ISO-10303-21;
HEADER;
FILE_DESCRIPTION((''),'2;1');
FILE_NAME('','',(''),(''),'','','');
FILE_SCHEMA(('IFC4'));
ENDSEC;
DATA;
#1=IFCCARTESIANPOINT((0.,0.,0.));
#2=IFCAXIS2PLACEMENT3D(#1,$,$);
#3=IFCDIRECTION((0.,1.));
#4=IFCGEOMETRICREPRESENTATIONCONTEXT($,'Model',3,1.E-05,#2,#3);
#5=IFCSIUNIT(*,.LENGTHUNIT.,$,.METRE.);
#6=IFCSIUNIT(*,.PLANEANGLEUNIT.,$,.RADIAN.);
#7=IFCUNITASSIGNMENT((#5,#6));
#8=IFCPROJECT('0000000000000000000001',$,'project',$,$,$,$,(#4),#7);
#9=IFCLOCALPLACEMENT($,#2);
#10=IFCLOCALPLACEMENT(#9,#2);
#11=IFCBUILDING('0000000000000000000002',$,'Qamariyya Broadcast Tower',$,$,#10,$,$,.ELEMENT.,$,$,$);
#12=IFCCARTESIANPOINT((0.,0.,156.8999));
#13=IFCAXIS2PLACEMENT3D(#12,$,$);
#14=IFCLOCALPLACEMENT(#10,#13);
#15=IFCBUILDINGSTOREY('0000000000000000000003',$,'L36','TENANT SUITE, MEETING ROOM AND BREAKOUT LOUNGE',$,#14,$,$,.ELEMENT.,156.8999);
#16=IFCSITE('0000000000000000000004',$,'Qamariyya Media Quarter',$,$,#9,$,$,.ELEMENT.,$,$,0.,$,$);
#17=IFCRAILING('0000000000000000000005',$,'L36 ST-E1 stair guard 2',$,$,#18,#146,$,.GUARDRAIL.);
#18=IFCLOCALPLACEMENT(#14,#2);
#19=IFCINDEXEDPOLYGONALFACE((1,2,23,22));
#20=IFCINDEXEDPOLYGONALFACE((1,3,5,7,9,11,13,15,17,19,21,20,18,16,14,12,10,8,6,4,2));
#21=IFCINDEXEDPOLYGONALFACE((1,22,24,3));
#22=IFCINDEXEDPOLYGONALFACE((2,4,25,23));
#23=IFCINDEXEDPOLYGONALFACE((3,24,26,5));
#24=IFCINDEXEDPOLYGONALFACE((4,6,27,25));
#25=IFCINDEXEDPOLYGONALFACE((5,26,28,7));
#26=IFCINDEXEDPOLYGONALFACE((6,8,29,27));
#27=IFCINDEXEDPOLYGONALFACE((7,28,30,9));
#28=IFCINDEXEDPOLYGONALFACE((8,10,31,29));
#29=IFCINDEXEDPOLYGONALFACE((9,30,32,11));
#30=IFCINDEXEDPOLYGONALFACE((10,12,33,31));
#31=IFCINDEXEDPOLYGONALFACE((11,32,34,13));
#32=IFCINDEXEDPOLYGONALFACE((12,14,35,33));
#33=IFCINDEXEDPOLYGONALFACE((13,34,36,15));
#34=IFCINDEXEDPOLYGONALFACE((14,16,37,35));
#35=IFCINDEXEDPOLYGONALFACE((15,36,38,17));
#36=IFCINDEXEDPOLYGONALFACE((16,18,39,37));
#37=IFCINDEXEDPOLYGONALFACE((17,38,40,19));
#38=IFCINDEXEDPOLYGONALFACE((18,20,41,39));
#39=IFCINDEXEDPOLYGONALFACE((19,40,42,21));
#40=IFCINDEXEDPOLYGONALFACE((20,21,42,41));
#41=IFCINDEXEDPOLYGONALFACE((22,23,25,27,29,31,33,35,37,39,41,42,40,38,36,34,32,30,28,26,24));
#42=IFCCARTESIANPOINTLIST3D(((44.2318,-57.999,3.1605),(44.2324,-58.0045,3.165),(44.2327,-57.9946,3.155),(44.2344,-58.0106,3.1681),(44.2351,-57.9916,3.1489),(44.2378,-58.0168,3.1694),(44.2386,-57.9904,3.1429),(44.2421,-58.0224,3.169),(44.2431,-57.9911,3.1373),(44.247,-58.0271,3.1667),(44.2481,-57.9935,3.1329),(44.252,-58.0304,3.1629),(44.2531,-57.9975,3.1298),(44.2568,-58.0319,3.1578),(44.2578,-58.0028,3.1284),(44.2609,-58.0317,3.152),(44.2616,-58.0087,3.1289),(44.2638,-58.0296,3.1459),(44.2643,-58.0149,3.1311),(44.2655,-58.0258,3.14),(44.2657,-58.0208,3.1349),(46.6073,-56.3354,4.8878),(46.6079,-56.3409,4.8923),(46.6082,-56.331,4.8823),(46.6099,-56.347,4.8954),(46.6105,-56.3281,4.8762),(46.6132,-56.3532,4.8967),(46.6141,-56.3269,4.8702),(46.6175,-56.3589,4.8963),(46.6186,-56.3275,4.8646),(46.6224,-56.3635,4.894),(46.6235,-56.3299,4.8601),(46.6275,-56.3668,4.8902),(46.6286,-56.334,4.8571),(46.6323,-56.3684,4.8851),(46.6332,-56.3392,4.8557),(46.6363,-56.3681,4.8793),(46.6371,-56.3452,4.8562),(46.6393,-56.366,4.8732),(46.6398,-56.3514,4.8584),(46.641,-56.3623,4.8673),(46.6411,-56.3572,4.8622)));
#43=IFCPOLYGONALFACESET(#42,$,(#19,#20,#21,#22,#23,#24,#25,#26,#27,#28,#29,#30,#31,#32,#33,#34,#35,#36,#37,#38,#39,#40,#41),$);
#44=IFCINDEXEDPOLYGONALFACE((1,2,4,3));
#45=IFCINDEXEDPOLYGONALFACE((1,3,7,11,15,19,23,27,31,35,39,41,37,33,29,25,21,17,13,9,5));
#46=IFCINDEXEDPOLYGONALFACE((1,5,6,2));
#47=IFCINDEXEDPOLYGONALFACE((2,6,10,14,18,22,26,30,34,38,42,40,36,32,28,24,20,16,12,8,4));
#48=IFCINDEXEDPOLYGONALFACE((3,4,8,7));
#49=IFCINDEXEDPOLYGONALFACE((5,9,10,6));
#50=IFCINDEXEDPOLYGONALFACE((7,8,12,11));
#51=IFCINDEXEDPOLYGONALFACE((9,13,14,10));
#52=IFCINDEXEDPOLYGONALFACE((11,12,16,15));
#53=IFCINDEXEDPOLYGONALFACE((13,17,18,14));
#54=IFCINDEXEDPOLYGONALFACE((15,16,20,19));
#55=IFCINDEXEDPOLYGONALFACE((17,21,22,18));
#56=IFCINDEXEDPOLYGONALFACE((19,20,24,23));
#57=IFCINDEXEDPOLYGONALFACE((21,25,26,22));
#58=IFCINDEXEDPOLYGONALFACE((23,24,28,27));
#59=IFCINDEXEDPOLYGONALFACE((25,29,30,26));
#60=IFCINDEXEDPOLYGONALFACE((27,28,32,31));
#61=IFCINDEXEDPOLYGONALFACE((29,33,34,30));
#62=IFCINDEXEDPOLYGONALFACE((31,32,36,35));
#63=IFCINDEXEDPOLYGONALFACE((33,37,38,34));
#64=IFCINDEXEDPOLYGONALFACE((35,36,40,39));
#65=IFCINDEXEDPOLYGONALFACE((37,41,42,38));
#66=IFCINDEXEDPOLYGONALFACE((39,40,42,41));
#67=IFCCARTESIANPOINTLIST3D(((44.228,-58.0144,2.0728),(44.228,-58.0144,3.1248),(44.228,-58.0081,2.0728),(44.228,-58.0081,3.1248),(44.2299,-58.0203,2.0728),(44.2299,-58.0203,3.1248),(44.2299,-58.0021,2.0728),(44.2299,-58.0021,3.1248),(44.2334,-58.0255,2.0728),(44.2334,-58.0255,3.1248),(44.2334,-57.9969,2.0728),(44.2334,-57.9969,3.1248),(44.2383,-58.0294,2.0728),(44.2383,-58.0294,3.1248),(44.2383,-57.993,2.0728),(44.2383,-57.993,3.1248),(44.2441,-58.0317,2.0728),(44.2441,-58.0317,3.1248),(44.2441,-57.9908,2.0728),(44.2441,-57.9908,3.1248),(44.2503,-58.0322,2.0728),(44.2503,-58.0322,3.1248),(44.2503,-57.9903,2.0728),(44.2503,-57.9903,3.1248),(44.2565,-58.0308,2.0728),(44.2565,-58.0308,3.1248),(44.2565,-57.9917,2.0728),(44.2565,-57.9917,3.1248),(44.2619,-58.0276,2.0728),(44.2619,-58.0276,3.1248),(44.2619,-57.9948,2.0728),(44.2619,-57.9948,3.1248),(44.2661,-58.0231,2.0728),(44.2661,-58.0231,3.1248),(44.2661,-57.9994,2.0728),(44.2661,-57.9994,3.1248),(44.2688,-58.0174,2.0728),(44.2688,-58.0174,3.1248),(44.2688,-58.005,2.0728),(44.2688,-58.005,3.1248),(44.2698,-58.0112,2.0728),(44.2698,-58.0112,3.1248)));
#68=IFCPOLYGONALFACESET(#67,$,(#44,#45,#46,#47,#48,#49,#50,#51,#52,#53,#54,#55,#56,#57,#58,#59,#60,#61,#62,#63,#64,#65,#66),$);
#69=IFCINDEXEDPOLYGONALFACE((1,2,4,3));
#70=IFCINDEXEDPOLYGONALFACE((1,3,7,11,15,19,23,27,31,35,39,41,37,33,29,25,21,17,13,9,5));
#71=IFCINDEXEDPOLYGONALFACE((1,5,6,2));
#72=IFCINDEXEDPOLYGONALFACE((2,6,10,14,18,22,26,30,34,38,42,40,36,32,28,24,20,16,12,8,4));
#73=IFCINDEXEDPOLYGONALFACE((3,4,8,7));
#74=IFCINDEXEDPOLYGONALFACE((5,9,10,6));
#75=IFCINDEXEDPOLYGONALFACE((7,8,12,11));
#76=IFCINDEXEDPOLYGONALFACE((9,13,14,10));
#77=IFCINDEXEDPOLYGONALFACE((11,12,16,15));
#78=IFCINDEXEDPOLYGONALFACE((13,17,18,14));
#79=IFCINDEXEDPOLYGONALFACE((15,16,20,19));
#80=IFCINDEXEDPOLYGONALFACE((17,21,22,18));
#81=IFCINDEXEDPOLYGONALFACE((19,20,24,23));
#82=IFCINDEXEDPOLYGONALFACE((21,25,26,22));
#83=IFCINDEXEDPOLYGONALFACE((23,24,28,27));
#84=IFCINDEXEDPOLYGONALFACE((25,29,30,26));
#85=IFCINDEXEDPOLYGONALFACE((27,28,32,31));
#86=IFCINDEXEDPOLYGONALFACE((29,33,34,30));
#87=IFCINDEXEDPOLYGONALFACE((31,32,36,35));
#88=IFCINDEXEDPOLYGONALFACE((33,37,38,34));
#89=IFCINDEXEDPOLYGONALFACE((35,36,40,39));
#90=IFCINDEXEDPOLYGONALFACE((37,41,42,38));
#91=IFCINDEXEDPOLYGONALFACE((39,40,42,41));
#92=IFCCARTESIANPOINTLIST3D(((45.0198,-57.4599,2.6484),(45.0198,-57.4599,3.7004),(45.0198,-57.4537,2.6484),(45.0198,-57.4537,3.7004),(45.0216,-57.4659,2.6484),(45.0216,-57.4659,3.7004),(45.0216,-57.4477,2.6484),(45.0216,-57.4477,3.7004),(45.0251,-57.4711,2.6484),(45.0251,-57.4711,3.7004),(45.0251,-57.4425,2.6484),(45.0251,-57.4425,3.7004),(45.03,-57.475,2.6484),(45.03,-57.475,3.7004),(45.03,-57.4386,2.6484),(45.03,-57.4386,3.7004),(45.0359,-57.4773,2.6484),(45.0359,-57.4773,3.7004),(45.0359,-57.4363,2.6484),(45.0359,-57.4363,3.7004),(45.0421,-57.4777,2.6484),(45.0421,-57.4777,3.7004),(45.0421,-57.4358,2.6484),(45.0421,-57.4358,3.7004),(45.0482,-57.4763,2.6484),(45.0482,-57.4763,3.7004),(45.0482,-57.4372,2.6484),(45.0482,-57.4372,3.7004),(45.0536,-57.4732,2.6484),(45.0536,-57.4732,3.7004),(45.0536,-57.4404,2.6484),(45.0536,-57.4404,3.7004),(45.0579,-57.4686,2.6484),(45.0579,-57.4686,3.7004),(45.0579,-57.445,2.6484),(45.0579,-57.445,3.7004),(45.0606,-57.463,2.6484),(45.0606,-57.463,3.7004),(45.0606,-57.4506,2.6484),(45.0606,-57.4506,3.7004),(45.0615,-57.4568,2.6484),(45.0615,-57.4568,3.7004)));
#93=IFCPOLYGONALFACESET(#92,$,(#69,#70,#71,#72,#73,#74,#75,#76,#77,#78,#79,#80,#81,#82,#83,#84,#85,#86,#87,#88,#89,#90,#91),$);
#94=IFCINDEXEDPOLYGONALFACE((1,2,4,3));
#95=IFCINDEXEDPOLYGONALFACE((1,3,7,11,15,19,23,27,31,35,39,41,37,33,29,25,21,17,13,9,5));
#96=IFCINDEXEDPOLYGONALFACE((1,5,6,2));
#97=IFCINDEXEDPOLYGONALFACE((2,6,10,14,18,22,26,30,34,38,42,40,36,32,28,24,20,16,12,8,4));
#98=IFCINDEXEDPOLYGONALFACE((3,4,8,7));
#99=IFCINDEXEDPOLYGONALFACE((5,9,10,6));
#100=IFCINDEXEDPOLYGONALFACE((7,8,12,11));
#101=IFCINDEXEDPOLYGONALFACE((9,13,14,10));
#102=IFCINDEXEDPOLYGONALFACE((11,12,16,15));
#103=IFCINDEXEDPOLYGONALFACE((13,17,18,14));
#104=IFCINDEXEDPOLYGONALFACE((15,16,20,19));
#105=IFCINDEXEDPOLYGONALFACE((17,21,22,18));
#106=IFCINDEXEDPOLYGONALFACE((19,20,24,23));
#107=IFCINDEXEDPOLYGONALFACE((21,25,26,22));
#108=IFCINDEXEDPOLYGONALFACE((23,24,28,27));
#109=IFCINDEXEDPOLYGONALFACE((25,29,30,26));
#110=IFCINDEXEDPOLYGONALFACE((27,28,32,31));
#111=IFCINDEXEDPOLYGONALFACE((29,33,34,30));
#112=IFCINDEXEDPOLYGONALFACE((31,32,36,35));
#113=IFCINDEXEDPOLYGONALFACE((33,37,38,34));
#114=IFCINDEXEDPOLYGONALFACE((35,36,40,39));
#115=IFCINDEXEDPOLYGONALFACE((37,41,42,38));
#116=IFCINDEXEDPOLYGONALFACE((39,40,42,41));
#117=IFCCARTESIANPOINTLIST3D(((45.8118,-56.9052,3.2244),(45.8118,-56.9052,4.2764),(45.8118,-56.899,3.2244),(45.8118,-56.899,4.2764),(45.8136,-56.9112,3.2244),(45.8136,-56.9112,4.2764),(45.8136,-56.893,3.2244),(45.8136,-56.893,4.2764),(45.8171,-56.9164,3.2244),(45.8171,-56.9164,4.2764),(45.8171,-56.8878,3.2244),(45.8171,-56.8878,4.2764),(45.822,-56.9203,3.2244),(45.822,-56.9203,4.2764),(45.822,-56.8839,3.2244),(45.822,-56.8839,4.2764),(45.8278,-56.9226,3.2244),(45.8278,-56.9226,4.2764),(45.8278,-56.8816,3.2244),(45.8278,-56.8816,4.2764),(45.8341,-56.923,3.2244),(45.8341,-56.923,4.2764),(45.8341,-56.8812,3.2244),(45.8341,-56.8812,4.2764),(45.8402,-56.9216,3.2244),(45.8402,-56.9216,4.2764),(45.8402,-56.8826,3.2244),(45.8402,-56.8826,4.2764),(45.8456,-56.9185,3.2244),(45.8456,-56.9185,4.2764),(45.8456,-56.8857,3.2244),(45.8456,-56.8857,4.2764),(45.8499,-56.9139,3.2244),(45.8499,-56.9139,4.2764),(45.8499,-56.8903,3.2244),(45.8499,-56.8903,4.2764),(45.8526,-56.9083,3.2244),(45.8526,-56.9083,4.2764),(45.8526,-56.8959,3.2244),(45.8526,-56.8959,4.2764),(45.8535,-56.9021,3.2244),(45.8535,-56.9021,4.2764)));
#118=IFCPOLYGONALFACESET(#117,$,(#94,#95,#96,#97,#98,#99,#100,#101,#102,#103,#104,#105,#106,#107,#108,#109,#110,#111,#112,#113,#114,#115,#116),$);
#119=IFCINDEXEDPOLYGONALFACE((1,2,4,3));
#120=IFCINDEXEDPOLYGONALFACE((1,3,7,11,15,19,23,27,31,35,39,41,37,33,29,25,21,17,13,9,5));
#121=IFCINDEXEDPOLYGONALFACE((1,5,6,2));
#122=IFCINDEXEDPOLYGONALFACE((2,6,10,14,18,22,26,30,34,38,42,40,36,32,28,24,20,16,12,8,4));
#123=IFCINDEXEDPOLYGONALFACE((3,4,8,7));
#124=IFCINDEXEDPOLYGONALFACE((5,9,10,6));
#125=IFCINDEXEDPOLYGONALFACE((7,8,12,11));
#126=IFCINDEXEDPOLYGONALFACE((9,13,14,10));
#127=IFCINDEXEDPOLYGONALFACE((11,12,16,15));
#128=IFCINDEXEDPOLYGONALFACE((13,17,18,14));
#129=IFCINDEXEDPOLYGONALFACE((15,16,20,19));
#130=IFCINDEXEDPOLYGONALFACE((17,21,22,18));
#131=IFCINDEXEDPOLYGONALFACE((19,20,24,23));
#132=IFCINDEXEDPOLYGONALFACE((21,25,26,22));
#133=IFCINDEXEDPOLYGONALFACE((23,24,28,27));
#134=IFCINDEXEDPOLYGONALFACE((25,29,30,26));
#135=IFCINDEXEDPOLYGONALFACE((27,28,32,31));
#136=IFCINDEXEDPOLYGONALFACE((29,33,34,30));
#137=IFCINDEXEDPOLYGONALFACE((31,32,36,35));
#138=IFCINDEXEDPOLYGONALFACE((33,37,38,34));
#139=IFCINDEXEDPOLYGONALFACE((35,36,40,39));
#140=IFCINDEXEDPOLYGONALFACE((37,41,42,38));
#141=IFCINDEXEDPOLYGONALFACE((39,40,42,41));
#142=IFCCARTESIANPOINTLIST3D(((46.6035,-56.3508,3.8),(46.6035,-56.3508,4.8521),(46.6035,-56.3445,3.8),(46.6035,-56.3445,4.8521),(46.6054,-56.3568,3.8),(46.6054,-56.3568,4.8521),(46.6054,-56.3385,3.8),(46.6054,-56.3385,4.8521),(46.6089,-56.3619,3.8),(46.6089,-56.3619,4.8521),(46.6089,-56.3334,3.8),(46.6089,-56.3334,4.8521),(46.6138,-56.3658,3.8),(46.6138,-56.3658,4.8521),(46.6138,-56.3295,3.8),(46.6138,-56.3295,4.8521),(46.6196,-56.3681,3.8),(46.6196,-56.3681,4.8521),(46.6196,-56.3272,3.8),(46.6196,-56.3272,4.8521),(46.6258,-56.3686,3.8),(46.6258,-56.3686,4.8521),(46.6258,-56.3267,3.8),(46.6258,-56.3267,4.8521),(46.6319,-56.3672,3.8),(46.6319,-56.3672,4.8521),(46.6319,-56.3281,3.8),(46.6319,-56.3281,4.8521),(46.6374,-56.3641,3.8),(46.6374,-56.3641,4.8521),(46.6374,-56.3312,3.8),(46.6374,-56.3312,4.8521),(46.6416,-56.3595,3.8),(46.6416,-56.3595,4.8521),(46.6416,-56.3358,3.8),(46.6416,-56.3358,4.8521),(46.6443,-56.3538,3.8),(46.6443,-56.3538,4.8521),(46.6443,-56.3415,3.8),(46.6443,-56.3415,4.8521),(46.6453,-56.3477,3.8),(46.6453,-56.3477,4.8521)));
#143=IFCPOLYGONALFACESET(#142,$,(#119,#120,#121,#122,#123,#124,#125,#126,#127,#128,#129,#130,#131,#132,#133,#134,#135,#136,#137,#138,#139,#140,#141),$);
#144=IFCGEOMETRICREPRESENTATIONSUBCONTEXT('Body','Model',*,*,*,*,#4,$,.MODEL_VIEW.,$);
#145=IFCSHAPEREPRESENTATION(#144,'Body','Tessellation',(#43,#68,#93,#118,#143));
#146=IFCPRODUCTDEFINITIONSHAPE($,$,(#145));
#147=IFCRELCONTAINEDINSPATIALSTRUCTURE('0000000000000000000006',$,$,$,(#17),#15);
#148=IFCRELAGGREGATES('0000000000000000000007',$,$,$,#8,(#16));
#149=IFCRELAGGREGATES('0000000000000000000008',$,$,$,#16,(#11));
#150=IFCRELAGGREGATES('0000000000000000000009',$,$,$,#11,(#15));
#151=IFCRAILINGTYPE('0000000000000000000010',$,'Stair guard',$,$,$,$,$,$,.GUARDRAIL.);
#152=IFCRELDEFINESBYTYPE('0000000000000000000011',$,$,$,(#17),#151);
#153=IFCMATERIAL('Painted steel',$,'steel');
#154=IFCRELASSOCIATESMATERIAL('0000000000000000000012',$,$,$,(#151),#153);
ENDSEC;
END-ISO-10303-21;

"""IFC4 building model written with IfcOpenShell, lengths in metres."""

from ifc_helpers import new_model, si_unit, direction, frame, origin, origin_2d, place, context, subcontext, project, spatial, circle, extrude, material, type_object, element, save


model = new_model("IFC4")

# Units and contexts
model_context = context("Model", 3, precision=1e-05, world=origin(), true_north=direction((0.0, 1.0)))
body_context = subcontext(model_context, "Body", "Model", "MODEL_VIEW")
ifc_project = project(units=[si_unit("LENGTHUNIT", "METRE"), si_unit("PLANEANGLEUNIT", "RADIAN")], contexts=[model_context])

# Site, building, storey
site_placement = place(None, origin())
site = spatial("IfcSite", under=ifc_project, at=site_placement, Name="Qamariyya Media Quarter", CompositionType="ELEMENT", RefElevation=0.0)
building_placement = place(site_placement, origin())
building = spatial("IfcBuilding", under=site, at=building_placement, Name="Qamariyya Broadcast Tower", CompositionType="ELEMENT")
storey_placement = place(building_placement, frame((0.0, 0.0, 156.8999)))
storey = spatial("IfcBuildingStorey", under=building, at=storey_placement, Name="L36", Description="TENANT SUITE, MEETING ROOM AND BREAKOUT LOUNGE", CompositionType="ELEMENT", Elevation=156.8999)

# Railing
ifc_material_1 = material(Name="Painted steel", Category="steel")
railing_type_1 = type_object("IfcRailingType", Name="Stair guard", PredefinedType="GUARDRAIL", material=ifc_material_1)
railing_1_placement = place(storey_placement, frame((44.2488, -58.0112, 2.0728)))
element("IfcRailing", 1, at=railing_1_placement, inside=storey, type_object=railing_type_1, Name="L36 ST-E1 stair guard 2", PredefinedType="GUARDRAIL", context=body_context, shape_type="SweptSolid", body=[
    extrude(circle(Radius=0.0239, at=origin_2d()), frame((0.0, 0.0, 1.0762), z_axis=(0.703745, 0.492838, 0.511716), x_axis=(-0.573632, 0.819113, 0.0)), (0.0, 0.0, 1.0), 3.3755),
    extrude(circle(Radius=0.021, at=origin_2d()), origin(), (0.0, 0.0, 1.0), 1.052),
    extrude(circle(Radius=0.021, at=origin_2d()), frame((0.7917, 0.5544, 0.5757)), (0.0, 0.0, 1.0), 1.052),
    extrude(circle(Radius=0.021, at=origin_2d()), frame((1.5837, 1.1091, 1.1516)), (0.0, 0.0, 1.0), 1.052),
    extrude(circle(Radius=0.021, at=origin_2d()), frame((2.3755, 1.6636, 1.7273)), (0.0, 0.0, 1.0), 1.052),
])

save(model, "model.ifc")
